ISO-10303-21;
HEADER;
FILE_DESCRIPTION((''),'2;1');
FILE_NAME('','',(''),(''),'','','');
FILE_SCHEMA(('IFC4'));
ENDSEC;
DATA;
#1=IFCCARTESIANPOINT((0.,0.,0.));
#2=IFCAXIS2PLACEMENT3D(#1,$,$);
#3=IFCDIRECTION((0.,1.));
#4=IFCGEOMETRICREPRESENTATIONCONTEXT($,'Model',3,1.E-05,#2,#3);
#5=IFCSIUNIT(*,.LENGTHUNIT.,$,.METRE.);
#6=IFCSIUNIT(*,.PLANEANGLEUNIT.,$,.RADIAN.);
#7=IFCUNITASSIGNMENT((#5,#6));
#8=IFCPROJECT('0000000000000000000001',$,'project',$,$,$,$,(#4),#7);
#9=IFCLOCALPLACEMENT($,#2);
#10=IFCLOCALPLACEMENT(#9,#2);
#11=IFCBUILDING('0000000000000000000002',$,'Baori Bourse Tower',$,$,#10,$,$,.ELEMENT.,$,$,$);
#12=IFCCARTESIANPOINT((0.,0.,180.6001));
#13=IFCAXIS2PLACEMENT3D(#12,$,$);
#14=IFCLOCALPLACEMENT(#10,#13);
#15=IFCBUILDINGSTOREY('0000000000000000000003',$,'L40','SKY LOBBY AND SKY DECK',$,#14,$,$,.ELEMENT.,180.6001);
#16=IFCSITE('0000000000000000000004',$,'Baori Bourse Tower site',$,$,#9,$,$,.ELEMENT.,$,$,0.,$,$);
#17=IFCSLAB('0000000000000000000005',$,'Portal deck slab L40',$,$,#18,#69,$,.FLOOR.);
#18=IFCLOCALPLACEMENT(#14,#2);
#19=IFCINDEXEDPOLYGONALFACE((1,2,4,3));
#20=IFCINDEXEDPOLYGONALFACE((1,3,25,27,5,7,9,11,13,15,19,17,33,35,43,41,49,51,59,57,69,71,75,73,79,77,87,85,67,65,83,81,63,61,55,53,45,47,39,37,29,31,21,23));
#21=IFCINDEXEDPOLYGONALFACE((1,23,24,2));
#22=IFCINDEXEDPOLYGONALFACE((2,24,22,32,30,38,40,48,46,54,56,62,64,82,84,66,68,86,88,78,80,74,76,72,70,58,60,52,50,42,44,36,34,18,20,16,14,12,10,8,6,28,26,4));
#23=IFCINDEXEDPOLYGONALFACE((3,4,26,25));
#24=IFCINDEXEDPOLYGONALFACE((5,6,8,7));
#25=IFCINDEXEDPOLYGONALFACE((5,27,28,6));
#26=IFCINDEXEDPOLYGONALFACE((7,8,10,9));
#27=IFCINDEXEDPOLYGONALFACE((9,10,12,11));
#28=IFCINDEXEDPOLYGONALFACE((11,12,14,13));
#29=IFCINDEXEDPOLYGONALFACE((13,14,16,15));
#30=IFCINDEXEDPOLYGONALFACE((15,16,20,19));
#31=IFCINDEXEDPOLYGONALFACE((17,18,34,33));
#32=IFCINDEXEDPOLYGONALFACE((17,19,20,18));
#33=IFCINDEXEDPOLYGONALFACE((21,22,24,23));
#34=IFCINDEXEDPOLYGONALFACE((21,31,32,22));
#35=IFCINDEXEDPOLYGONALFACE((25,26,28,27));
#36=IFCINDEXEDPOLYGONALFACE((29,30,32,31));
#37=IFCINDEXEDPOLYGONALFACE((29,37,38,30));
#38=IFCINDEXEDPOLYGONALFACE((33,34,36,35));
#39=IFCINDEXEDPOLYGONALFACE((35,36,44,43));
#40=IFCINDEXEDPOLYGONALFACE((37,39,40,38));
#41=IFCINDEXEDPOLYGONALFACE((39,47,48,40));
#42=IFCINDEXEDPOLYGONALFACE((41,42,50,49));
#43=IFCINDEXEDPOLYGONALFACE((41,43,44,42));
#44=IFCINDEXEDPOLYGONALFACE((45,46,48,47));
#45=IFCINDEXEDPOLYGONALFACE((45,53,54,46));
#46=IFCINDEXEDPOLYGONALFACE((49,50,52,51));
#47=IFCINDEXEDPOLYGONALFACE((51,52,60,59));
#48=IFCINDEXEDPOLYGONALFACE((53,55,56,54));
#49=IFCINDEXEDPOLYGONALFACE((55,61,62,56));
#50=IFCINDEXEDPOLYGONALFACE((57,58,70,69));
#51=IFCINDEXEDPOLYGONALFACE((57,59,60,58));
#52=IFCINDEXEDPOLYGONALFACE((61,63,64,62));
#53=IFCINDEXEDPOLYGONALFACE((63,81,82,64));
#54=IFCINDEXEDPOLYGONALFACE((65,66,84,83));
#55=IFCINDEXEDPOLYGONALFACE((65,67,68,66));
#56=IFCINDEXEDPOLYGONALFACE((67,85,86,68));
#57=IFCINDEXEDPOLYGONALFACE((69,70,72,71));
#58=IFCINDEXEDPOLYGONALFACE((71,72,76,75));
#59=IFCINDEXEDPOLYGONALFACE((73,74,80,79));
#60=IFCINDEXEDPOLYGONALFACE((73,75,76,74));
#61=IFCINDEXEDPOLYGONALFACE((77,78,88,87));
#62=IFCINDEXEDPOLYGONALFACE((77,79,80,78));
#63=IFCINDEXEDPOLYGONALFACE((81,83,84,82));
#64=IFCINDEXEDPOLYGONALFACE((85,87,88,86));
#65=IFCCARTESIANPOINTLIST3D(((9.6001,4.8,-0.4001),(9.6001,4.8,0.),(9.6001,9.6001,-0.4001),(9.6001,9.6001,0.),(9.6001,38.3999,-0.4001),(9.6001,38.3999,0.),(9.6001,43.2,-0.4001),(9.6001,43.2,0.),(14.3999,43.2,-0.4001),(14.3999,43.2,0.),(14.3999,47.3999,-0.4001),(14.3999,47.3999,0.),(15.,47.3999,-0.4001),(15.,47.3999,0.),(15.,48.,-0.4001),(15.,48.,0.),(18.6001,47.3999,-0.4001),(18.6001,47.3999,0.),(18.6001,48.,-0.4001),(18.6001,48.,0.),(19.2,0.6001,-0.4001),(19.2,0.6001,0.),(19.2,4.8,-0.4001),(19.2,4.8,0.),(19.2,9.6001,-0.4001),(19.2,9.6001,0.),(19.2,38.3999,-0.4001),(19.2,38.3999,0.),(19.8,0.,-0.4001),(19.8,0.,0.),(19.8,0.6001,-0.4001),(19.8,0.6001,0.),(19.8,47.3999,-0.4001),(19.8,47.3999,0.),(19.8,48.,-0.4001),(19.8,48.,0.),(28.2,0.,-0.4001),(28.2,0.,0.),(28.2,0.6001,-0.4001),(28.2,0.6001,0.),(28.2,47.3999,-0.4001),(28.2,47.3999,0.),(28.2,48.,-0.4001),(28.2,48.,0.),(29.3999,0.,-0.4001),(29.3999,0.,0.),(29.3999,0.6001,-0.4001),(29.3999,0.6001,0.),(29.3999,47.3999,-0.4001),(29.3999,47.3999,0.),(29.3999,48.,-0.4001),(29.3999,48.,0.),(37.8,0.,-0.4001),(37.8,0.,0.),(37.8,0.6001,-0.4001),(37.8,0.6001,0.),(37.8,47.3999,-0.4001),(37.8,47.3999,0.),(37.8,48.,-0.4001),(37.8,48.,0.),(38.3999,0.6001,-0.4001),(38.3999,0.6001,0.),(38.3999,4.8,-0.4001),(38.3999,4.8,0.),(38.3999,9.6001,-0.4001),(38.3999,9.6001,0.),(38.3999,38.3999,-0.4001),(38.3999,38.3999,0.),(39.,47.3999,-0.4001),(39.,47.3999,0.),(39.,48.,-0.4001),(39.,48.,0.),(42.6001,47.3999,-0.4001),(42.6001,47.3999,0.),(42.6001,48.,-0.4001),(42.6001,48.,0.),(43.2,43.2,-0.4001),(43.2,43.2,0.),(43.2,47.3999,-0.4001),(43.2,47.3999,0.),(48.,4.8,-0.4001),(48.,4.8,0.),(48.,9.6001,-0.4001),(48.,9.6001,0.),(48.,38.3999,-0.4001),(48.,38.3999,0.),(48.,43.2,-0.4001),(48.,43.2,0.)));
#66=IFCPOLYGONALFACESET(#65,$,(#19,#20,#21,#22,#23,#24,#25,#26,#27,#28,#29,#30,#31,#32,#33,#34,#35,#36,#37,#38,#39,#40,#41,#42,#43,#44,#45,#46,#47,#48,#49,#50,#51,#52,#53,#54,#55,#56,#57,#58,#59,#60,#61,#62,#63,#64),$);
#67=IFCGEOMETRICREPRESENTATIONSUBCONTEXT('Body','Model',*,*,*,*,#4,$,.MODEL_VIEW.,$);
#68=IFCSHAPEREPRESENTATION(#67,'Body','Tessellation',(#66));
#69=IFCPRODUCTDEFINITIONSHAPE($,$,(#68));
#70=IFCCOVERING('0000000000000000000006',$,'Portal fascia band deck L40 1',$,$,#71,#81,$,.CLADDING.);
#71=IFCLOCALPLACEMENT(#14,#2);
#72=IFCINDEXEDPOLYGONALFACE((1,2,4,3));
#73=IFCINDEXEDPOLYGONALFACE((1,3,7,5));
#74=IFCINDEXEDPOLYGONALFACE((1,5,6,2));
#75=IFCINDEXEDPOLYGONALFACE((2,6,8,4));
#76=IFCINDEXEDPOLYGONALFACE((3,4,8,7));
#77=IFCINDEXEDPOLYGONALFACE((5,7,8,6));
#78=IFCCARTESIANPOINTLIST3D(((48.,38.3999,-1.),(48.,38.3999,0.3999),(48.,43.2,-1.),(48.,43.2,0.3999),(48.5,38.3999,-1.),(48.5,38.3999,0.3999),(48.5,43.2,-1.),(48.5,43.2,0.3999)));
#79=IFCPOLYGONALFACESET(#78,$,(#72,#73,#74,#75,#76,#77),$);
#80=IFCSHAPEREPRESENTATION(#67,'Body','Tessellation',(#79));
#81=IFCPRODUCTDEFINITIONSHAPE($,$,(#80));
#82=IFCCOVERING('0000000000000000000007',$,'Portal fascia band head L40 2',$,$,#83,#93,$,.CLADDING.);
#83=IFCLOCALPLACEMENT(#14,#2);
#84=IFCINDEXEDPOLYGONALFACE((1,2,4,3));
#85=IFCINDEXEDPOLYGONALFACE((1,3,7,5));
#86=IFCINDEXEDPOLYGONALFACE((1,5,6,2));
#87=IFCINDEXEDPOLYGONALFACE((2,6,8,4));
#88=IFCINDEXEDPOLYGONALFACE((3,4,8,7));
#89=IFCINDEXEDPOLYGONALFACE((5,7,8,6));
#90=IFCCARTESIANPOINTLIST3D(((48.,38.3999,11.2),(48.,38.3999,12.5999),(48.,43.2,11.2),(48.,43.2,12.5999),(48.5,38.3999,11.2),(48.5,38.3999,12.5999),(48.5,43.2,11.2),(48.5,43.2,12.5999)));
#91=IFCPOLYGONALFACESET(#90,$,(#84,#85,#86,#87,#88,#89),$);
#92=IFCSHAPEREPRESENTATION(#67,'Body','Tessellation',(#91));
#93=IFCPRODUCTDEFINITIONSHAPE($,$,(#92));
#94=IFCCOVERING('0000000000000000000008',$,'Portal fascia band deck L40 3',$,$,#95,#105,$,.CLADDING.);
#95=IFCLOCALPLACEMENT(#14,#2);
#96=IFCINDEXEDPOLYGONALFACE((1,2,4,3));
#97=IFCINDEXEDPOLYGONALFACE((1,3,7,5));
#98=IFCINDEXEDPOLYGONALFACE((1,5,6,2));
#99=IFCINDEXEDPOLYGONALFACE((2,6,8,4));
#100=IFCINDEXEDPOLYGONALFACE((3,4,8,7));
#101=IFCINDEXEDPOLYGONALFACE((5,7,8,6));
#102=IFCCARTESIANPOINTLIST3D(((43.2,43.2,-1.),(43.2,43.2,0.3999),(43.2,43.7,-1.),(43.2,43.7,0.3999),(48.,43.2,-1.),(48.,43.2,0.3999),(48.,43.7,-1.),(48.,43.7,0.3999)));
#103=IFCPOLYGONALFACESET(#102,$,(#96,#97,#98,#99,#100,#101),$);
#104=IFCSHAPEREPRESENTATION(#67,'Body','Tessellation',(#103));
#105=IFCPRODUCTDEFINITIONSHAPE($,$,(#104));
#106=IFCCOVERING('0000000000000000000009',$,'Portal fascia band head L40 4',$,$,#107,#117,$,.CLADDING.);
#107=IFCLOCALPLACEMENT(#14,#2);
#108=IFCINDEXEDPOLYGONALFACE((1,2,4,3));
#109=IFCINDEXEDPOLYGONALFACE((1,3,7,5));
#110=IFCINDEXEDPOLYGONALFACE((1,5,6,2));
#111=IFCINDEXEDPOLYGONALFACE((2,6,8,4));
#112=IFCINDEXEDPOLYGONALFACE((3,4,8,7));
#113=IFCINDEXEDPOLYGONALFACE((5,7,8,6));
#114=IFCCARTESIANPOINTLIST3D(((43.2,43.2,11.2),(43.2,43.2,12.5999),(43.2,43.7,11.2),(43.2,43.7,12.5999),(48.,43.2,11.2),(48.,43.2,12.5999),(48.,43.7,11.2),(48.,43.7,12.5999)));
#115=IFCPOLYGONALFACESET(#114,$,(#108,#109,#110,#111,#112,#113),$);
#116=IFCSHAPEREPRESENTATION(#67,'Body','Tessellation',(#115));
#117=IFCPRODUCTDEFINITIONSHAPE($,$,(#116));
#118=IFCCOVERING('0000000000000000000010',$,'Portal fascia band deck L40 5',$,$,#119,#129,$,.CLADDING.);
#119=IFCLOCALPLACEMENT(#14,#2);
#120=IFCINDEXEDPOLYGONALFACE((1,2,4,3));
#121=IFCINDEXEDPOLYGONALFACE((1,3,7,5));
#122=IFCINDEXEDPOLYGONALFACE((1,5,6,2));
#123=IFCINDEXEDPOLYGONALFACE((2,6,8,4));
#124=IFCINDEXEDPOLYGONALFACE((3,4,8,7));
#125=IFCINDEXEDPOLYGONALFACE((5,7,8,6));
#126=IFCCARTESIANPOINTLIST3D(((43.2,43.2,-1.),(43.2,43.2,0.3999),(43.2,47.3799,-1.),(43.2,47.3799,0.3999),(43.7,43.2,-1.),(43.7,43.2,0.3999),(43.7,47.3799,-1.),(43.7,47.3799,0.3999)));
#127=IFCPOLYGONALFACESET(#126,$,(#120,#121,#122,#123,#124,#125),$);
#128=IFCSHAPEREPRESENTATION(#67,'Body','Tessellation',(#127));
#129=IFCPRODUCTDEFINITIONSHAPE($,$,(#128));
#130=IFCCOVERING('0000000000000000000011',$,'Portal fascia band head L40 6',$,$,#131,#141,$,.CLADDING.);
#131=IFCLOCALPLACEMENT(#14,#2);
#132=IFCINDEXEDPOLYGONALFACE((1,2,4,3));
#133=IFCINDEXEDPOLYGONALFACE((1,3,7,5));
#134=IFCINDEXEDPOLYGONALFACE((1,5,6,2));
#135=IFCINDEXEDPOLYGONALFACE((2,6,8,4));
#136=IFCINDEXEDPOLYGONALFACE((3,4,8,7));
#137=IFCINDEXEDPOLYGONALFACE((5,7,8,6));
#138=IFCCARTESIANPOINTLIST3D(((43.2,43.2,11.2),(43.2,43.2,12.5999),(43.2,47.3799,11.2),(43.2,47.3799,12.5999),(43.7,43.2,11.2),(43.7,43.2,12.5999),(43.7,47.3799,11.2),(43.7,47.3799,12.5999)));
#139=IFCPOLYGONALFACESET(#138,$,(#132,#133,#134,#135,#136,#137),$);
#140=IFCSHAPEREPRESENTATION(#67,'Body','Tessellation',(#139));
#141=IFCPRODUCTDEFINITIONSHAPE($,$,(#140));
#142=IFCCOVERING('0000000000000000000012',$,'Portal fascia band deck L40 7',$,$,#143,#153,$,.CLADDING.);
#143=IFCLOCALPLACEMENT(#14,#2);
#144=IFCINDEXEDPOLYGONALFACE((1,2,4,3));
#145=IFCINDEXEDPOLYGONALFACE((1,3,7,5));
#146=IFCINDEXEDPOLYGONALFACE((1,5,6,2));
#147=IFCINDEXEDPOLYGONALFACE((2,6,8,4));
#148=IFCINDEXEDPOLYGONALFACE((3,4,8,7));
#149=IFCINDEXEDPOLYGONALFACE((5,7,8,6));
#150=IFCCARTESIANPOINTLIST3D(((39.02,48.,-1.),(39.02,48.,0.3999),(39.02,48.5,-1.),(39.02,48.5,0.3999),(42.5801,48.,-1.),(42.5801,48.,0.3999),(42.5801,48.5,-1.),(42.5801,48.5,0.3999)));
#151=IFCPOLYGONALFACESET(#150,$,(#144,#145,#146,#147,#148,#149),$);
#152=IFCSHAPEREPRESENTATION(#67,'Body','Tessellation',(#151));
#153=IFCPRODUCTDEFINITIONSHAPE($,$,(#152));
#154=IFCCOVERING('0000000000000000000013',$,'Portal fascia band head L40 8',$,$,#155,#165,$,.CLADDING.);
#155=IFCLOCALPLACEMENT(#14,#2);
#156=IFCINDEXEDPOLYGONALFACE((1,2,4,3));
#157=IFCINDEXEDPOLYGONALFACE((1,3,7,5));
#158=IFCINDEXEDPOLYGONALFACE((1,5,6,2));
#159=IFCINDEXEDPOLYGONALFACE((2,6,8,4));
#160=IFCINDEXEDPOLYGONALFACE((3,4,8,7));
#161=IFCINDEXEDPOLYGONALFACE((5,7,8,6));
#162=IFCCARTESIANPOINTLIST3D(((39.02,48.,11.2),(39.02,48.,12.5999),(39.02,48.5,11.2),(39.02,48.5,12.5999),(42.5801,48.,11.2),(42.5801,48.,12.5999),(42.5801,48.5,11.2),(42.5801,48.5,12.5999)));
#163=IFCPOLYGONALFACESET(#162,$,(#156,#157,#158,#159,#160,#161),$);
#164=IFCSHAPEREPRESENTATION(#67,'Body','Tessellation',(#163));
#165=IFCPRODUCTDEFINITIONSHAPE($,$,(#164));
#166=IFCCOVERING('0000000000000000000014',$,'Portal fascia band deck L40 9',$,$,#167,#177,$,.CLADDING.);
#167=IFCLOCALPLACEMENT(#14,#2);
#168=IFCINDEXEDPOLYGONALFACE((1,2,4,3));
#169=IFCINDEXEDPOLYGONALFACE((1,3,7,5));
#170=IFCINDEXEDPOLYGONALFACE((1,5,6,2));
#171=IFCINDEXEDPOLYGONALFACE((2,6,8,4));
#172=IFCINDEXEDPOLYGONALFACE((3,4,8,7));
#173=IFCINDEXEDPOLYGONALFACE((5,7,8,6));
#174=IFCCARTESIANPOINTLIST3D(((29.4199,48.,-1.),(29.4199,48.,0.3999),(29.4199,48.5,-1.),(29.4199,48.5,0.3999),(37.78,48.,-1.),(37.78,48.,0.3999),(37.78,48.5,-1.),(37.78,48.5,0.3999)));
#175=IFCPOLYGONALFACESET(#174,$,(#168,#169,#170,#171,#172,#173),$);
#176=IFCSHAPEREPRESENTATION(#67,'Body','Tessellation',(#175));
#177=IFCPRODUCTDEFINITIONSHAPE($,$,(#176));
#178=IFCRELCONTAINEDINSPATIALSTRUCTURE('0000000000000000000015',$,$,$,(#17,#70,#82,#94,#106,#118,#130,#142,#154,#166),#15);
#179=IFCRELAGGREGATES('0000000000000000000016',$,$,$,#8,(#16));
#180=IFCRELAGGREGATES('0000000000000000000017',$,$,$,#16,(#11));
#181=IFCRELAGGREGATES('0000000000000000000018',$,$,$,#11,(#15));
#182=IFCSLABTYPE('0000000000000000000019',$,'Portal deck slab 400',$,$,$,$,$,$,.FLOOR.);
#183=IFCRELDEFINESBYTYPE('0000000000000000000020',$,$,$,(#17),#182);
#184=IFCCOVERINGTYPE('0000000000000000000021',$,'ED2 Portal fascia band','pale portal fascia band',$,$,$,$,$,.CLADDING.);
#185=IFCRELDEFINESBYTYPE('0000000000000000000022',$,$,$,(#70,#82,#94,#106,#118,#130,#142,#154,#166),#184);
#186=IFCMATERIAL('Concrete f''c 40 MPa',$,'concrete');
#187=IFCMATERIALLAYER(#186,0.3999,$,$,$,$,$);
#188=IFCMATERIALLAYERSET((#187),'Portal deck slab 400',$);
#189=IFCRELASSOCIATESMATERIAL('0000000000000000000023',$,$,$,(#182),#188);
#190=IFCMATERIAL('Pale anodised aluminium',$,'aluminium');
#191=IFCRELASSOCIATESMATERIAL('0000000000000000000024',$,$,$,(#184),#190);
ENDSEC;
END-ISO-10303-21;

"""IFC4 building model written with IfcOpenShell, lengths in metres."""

from ifc_helpers import new_model, si_unit, direction, frame, origin, place, context, subcontext, project, spatial, polyline, outline, extrude, material, layer, layer_set, type_object, element, save


model = new_model("IFC4")

# Units and contexts
model_context = context("Model", 3, precision=1e-05, world=origin(), true_north=direction((0.0, 1.0)))
body_context = subcontext(model_context, "Body", "Model", "MODEL_VIEW")
ifc_project = project(units=[si_unit("LENGTHUNIT", "METRE"), si_unit("PLANEANGLEUNIT", "RADIAN")], contexts=[model_context])

# Site, building, storey
site_placement = place(None, origin())
site = spatial("IfcSite", under=ifc_project, at=site_placement, Name="Baori Bourse Tower site", CompositionType="ELEMENT", RefElevation=0.0)
building_placement = place(site_placement, origin())
building = spatial("IfcBuilding", under=site, at=building_placement, Name="Baori Bourse Tower", CompositionType="ELEMENT")
storey_placement = place(building_placement, frame((0.0, 0.0, 180.6001)))
storey = spatial("IfcBuildingStorey", under=building, at=storey_placement, Name="L40", Description="SKY LOBBY AND SKY DECK", CompositionType="ELEMENT", Elevation=180.6001)

# Slab
ifc_material_1 = material(Name="Concrete f'c 40 MPa", Category="concrete")
ifc_layer_1 = layer(ifc_material_1, 0.3999)
ifc_layer_set_1 = layer_set([ifc_layer_1], Name="Portal deck slab 400")
slab_type_1 = type_object("IfcSlabType", Name="Portal deck slab 400", PredefinedType="FLOOR", material=ifc_layer_set_1)
slab_1_placement = place(storey_placement, frame((0.0, 0.0, -0.4001)))
element("IfcSlab", 1, at=slab_1_placement, inside=storey, type_object=slab_type_1, Name="Portal deck slab L40", PredefinedType="FLOOR", context=body_context, shape_type="SweptSolid", body=[
    extrude(outline(polyline([(19.2, 4.8), (9.6001, 4.8), (9.6001, 9.6001), (19.2, 9.6001), (19.2, 38.3999), (9.6001, 38.3999), (9.6001, 43.2), (14.3999, 43.2), (14.3999, 47.3999), (15.0, 47.3999), (15.0, 48.0), (18.6001, 48.0), (18.6001, 47.3999), (19.8, 47.3999), (19.8, 48.0), (28.2, 48.0), (28.2, 47.3999), (29.3999, 47.3999), (29.3999, 48.0), (37.8, 48.0), (37.8, 47.3999), (39.0, 47.3999), (39.0, 48.0), (42.6001, 48.0), (42.6001, 47.3999), (43.2, 47.3999), (43.2, 43.2), (48.0, 43.2), (48.0, 38.3999), (38.3999, 38.3999), (38.3999, 9.6001), (48.0, 9.6001), (48.0, 4.8), (38.3999, 4.8), (38.3999, 0.6001), (37.8, 0.6001), (37.8, 0.0), (29.3999, 0.0), (29.3999, 0.6001), (28.2, 0.6001), (28.2, 0.0), (19.8, 0.0), (19.8, 0.6001), (19.2, 0.6001), (19.2, 4.8)])), origin(), (0.0, 0.0, 1.0), 0.4001),
])

# Coverings
ifc_material_2 = material(Name="Pale anodised aluminium", Category="aluminium")
covering_type = type_object("IfcCoveringType", Name="ED2 Portal fascia band", Description="pale portal fascia band", PredefinedType="CLADDING", material=ifc_material_2)
for number, where, name in (
    (2, (0.0, 0.0, -1.0), "Portal fascia band deck L40 1"),
    (3, (0.0, 0.0, 11.2), "Portal fascia band head L40 2"),
):
    element("IfcCovering", number, at=place(storey_placement, frame(where)), inside=storey, type_object=covering_type, Name=name, PredefinedType="CLADDING", context=body_context, shape_type="SweptSolid", body=[
        extrude(outline(polyline([(48.0, 43.2), (48.0, 38.3999), (48.5, 38.3999), (48.5, 43.2), (48.0, 43.2)])), origin(), (0.0, 0.0, 1.0), 1.3999),
    ])
for number, where, name in (
    (4, (0.0, 0.0, -1.0), "Portal fascia band deck L40 3"),
    (5, (0.0, 0.0, 11.2), "Portal fascia band head L40 4"),
):
    element("IfcCovering", number, at=place(storey_placement, frame(where)), inside=storey, type_object=covering_type, Name=name, PredefinedType="CLADDING", context=body_context, shape_type="SweptSolid", body=[
        extrude(outline(polyline([(43.2, 43.2), (48.0, 43.2), (48.0, 43.7), (43.2, 43.7), (43.2, 43.2)])), origin(), (0.0, 0.0, 1.0), 1.3999),
    ])
for number, where, name in (
    (6, (0.0, 0.0, -1.0), "Portal fascia band deck L40 5"),
    (7, (0.0, 0.0, 11.2), "Portal fascia band head L40 6"),
):
    element("IfcCovering", number, at=place(storey_placement, frame(where)), inside=storey, type_object=covering_type, Name=name, PredefinedType="CLADDING", context=body_context, shape_type="SweptSolid", body=[
        extrude(outline(polyline([(43.2, 47.3799), (43.2, 43.2), (43.7, 43.2), (43.7, 47.3799), (43.2, 47.3799)])), origin(), (0.0, 0.0, 1.0), 1.3999),
    ])
for number, where, name in (
    (8, (0.0, 0.0, -1.0), "Portal fascia band deck L40 7"),
    (9, (0.0, 0.0, 11.2), "Portal fascia band head L40 8"),
):
    element("IfcCovering", number, at=place(storey_placement, frame(where)), inside=storey, type_object=covering_type, Name=name, PredefinedType="CLADDING", context=body_context, shape_type="SweptSolid", body=[
        extrude(outline(polyline([(39.02, 48.0), (42.5801, 48.0), (42.5801, 48.5), (39.02, 48.5), (39.02, 48.0)])), origin(), (0.0, 0.0, 1.0), 1.3999),
    ])
covering_placement = place(storey_placement, frame((0.0, 0.0, -1.0)))
element("IfcCovering", 10, at=covering_placement, inside=storey, type_object=covering_type, Name="Portal fascia band deck L40 9", PredefinedType="CLADDING", context=body_context, shape_type="SweptSolid", body=[
    extrude(outline(polyline([(29.4199, 48.0), (37.78, 48.0), (37.78, 48.5), (29.4199, 48.5), (29.4199, 48.0)])), origin(), (0.0, 0.0, 1.0), 1.3999),
])

save(model, "model.ifc")
